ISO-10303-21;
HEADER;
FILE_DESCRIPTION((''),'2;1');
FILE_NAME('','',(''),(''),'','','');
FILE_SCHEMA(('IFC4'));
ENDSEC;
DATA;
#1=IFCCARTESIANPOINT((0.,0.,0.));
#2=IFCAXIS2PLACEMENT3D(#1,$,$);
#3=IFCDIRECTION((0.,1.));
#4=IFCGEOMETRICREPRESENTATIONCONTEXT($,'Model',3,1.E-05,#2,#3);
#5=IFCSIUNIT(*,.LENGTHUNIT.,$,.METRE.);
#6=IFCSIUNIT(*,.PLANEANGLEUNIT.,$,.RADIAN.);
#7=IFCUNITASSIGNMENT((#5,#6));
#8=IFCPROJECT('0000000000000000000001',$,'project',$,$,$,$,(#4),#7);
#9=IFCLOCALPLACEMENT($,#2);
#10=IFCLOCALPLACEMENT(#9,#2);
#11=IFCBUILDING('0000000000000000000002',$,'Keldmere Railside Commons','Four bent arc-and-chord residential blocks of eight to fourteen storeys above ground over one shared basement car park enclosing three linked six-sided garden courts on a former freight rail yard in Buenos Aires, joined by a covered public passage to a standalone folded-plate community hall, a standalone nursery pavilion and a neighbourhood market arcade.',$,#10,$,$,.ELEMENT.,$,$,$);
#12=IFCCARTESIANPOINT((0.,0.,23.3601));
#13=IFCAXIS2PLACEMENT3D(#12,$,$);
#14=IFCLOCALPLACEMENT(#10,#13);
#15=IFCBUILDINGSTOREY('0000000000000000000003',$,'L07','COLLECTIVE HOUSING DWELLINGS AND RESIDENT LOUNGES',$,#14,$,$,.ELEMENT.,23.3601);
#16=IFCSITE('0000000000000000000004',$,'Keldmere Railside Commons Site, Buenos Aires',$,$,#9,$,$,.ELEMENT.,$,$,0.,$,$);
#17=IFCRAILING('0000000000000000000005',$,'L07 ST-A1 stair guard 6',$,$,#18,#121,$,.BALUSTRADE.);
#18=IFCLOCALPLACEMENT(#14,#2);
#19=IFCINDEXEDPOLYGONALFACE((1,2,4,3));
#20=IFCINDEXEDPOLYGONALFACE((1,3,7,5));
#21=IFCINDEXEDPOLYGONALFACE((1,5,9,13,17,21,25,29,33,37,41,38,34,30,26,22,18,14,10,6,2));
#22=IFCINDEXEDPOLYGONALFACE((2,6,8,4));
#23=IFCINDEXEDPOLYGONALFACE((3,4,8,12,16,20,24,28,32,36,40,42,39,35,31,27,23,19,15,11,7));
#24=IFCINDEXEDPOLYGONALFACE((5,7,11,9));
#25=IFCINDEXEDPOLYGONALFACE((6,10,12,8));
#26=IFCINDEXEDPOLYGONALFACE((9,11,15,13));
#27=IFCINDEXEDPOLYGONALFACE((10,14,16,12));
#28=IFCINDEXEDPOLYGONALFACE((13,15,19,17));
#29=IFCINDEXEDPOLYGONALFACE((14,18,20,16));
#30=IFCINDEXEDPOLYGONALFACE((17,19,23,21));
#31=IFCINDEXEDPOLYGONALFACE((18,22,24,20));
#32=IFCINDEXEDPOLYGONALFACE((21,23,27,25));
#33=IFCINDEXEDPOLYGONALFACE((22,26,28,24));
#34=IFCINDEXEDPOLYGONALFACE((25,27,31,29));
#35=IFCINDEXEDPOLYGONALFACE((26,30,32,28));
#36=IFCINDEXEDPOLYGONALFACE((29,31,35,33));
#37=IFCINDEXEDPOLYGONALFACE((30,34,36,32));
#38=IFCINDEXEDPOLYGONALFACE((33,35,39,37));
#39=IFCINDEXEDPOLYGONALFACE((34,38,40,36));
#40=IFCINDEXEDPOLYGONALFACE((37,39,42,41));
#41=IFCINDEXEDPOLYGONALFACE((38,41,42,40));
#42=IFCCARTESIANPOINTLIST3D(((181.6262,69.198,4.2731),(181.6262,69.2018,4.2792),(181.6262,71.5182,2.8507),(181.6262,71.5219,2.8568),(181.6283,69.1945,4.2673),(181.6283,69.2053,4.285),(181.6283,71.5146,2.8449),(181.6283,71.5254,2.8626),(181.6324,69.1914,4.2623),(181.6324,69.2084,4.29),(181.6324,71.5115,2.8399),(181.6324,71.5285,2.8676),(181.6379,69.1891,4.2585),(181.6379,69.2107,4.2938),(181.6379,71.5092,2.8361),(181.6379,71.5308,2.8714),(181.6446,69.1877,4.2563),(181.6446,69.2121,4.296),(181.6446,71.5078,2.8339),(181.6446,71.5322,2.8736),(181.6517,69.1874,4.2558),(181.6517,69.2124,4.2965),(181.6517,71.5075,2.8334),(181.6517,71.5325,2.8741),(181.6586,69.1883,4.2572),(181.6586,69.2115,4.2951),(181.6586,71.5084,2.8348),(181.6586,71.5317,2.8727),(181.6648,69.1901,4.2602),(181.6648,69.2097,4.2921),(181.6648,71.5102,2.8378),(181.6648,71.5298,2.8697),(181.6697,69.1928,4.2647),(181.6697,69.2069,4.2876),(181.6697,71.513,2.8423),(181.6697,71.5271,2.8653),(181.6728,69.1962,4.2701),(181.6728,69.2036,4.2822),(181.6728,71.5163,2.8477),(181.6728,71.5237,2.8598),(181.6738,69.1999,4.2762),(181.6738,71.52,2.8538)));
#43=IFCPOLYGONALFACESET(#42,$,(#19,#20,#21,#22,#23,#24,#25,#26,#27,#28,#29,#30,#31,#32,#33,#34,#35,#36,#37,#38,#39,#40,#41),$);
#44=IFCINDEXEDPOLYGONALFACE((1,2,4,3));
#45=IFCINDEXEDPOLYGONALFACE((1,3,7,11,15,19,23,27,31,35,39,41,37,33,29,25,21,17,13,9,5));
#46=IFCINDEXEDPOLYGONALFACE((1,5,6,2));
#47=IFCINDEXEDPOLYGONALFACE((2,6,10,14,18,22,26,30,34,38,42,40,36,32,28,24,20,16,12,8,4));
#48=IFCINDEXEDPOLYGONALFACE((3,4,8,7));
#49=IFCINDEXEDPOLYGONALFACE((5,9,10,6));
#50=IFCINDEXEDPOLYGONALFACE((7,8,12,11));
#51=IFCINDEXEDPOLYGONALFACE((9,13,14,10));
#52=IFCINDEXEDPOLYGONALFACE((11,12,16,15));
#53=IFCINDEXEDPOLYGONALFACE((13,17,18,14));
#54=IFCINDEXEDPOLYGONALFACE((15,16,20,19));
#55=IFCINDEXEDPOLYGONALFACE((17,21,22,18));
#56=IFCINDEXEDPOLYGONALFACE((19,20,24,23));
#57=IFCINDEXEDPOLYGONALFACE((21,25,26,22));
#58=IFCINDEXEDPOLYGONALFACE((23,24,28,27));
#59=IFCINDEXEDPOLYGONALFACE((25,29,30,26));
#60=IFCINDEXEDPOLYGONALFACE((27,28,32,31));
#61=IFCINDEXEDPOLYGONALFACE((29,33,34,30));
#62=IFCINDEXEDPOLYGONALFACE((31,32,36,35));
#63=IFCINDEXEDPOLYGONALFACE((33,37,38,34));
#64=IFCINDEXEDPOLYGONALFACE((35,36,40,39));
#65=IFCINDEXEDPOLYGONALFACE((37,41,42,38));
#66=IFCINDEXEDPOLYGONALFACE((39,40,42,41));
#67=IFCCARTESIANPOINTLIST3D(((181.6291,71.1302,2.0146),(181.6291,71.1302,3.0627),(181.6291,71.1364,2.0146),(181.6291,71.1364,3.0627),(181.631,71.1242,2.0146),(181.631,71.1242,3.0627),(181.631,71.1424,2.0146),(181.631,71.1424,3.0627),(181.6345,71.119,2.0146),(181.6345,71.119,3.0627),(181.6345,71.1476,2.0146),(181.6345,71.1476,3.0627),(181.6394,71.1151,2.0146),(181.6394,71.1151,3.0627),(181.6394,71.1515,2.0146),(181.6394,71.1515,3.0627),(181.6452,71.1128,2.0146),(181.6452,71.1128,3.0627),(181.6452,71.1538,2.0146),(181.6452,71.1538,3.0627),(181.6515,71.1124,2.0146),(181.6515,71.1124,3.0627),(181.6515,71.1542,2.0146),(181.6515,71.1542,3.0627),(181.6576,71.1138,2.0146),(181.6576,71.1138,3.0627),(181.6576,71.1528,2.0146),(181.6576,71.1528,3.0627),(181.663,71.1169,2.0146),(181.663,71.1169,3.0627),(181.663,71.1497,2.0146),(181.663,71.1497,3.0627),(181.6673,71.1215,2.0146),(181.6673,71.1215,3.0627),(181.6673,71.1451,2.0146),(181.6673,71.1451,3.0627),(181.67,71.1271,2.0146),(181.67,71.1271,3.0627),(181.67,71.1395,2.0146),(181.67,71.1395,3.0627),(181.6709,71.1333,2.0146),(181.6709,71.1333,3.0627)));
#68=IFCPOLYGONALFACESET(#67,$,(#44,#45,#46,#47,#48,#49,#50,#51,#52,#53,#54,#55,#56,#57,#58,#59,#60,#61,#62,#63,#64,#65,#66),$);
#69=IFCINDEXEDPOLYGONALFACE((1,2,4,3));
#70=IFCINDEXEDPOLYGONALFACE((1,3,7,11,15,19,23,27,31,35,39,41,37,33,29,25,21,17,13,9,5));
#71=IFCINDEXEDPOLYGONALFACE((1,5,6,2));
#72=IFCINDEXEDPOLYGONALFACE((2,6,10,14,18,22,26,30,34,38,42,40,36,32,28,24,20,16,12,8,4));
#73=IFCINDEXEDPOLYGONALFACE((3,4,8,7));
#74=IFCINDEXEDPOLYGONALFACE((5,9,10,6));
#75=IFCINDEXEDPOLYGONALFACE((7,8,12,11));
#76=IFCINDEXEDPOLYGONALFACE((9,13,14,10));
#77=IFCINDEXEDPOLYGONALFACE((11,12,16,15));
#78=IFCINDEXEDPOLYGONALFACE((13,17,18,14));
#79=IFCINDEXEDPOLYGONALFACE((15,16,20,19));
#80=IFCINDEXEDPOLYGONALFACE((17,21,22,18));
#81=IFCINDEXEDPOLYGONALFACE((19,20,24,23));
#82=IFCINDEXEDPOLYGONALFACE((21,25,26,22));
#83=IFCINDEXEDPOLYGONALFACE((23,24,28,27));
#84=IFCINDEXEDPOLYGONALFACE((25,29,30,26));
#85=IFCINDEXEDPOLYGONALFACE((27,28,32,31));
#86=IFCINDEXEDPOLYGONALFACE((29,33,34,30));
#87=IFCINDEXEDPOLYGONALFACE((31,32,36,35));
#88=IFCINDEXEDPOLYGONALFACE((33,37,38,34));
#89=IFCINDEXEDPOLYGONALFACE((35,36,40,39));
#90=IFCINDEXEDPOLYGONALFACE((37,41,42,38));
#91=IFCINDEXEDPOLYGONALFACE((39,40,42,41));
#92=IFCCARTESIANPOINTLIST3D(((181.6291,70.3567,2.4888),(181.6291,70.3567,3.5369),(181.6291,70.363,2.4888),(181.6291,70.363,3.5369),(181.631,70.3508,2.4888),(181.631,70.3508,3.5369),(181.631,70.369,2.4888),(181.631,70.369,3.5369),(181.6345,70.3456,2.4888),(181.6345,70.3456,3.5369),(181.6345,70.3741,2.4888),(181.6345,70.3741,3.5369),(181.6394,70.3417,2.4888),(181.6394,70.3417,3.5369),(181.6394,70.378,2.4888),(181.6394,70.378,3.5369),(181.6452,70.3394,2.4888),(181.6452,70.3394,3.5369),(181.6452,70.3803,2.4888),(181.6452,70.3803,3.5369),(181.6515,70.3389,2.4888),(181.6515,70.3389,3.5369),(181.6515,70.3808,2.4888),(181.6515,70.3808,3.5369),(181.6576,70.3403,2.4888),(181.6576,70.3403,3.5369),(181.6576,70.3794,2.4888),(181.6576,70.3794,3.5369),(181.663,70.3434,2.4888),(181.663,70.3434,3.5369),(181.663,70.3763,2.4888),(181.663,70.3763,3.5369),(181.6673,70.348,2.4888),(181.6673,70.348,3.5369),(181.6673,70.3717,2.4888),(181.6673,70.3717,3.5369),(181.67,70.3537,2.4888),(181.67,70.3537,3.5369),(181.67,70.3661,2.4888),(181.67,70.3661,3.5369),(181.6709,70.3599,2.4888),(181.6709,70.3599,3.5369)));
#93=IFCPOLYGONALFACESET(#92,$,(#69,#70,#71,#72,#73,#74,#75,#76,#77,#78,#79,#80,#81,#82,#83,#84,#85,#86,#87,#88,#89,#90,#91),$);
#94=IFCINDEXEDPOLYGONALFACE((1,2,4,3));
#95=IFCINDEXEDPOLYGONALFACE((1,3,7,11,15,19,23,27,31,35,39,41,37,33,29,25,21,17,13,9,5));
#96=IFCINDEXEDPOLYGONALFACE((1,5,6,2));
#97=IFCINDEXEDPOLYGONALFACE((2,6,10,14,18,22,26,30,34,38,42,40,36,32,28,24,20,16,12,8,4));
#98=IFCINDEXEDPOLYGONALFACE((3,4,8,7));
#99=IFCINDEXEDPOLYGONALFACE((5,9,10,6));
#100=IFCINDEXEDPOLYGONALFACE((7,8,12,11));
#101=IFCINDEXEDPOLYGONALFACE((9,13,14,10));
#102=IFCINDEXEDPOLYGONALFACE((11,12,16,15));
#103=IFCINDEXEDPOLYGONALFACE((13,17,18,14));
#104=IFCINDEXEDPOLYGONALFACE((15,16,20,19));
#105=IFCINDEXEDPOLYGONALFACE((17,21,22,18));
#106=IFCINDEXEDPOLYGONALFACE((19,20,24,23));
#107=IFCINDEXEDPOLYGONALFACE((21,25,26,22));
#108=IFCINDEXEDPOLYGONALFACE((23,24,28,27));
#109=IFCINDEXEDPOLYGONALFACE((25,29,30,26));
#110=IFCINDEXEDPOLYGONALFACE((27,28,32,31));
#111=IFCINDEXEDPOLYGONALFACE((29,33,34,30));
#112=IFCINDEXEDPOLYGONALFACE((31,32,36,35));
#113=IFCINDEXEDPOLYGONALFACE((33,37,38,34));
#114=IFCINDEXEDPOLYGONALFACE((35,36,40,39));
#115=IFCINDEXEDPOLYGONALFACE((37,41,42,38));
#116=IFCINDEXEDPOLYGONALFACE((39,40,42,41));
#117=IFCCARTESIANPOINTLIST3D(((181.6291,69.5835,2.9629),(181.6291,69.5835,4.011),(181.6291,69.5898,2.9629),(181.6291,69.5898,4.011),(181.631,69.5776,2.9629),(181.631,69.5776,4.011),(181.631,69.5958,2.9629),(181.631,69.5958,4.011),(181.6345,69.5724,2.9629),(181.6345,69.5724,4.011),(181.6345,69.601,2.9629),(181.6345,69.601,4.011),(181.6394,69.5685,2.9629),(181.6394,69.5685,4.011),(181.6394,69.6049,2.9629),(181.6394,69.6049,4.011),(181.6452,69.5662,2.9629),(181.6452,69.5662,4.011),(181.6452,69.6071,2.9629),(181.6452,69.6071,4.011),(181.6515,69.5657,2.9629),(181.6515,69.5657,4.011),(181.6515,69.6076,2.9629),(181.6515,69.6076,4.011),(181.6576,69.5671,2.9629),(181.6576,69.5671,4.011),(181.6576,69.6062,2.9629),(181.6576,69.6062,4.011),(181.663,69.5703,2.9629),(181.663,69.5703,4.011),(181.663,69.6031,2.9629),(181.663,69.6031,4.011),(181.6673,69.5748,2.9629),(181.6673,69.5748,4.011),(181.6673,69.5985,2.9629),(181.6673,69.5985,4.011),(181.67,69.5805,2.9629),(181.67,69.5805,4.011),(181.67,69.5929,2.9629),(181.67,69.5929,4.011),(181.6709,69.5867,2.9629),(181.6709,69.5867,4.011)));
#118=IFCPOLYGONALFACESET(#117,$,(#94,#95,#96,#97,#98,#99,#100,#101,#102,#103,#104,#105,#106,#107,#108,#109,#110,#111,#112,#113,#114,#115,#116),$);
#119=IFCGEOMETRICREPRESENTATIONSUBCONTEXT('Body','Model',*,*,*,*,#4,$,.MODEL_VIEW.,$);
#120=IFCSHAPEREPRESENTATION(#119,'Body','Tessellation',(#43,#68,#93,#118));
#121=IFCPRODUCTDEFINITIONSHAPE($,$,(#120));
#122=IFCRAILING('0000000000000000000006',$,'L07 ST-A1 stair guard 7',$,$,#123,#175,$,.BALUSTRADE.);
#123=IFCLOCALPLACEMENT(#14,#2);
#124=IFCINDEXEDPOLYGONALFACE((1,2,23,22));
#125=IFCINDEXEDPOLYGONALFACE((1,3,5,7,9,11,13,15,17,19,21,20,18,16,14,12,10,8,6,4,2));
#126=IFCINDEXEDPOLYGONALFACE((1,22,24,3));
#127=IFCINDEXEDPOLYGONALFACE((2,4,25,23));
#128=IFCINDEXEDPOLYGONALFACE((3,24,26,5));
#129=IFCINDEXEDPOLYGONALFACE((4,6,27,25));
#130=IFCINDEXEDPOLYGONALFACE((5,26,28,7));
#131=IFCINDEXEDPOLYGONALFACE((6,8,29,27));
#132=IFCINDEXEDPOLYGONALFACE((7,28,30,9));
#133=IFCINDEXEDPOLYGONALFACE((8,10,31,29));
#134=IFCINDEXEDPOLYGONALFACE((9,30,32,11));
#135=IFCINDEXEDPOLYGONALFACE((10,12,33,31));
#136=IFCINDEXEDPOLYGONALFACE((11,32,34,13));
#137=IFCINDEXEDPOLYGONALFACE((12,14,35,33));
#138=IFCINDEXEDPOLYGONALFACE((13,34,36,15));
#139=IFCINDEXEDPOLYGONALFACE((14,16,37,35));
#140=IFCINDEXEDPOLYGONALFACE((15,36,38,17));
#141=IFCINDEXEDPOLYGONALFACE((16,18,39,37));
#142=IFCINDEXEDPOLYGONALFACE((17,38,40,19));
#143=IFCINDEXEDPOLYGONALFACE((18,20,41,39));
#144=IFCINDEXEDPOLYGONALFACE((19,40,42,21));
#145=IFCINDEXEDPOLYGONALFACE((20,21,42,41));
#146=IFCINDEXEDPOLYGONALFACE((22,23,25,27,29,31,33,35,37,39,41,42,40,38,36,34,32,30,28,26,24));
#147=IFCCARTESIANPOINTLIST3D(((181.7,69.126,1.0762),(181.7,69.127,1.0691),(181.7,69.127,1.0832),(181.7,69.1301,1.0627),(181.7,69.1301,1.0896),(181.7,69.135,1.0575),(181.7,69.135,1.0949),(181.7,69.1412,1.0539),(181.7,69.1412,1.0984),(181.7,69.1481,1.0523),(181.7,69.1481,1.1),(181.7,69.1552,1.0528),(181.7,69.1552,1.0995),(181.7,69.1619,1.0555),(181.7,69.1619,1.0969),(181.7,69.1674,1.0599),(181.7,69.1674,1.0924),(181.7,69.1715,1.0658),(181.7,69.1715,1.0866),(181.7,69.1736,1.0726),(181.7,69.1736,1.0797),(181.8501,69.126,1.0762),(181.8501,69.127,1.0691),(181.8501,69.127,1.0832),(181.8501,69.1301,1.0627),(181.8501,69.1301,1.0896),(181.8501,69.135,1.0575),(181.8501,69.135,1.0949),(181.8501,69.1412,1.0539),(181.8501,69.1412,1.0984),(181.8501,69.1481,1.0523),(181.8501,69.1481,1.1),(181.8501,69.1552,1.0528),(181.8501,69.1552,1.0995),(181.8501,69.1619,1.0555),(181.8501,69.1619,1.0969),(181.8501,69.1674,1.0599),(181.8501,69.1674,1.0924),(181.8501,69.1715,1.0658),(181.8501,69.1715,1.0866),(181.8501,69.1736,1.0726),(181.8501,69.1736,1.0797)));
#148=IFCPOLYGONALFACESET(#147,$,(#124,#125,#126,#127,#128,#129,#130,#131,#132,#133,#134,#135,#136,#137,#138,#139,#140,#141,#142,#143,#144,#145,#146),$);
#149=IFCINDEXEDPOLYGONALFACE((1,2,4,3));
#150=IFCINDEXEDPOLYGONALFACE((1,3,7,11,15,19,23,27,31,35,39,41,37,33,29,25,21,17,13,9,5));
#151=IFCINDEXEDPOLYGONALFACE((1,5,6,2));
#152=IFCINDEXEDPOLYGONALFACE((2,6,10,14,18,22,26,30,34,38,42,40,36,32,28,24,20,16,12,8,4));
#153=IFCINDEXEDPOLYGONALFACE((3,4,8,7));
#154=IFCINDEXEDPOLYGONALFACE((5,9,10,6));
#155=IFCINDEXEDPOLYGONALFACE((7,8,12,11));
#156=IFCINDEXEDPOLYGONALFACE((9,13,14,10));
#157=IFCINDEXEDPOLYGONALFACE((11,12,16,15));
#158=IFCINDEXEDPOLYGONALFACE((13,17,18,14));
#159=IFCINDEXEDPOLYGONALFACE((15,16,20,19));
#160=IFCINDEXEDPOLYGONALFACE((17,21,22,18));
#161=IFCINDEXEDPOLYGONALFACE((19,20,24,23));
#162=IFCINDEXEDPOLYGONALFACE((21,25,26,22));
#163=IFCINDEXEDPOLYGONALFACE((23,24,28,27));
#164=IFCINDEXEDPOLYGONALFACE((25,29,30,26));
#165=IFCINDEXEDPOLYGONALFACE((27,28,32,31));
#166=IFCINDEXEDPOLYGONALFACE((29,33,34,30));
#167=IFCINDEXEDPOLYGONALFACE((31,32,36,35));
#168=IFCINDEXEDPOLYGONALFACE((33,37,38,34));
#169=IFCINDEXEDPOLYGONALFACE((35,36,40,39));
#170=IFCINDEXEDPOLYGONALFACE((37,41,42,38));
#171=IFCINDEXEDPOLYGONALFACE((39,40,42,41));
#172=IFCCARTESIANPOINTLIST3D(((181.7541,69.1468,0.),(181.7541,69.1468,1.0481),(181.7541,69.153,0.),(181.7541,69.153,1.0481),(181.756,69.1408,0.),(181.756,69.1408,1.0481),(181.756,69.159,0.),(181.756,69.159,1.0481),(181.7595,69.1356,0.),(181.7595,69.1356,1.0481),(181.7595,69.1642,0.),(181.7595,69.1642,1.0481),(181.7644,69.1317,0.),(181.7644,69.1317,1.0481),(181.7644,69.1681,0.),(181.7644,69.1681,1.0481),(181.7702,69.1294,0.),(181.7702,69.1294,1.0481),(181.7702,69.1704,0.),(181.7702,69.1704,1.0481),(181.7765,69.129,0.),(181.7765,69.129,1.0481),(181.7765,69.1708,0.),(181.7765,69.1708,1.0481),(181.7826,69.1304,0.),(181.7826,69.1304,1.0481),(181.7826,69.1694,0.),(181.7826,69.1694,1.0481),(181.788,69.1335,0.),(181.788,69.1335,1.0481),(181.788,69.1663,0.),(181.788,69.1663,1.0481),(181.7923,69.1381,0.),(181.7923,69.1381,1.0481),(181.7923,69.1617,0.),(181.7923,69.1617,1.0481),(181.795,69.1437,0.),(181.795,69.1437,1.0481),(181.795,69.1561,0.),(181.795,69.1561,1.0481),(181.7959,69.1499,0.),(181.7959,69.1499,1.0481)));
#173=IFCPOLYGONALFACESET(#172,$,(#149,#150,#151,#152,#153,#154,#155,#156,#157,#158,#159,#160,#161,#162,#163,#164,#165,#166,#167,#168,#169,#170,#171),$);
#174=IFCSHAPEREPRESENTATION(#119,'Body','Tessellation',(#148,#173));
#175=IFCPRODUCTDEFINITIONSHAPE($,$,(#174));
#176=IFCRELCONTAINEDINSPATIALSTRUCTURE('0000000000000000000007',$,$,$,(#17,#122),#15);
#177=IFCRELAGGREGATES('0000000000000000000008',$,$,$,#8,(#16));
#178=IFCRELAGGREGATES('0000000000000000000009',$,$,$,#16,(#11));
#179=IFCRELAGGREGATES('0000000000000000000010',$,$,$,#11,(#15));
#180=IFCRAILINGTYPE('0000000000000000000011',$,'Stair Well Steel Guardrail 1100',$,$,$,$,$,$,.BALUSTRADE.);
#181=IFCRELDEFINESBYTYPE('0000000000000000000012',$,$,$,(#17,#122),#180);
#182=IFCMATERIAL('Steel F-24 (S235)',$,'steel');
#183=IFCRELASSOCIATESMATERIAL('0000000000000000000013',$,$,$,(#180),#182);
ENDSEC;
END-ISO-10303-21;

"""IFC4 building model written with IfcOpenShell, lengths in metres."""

from ifc_helpers import new_model, si_unit, direction, frame, origin, origin_2d, place, context, subcontext, project, spatial, circle, extrude, material, type_object, element, save


model = new_model("IFC4")

# Units and contexts
model_context = context("Model", 3, precision=1e-05, world=origin(), true_north=direction((0.0, 1.0)))
body_context = subcontext(model_context, "Body", "Model", "MODEL_VIEW")
ifc_project = project(units=[si_unit("LENGTHUNIT", "METRE"), si_unit("PLANEANGLEUNIT", "RADIAN")], contexts=[model_context])

# Site, building, storey
site_placement = place(None, origin())
site = spatial("IfcSite", under=ifc_project, at=site_placement, Name="Keldmere Railside Commons Site, Buenos Aires", CompositionType="ELEMENT", RefElevation=0.0)
building_placement = place(site_placement, origin())
building = spatial("IfcBuilding", under=site, at=building_placement, Name="Keldmere Railside Commons", Description="Four bent arc-and-chord residential blocks of eight to fourteen storeys above ground over one shared basement car park enclosing three linked six-sided garden courts on a former freight rail yard in Buenos Aires, joined by a covered public passage to a standalone folded-plate community hall, a standalone nursery pavilion and a neighbourhood market arcade.", CompositionType="ELEMENT")
storey_placement = place(building_placement, frame((0.0, 0.0, 23.3601)))
storey = spatial("IfcBuildingStorey", under=building, at=storey_placement, Name="L07", Description="COLLECTIVE HOUSING DWELLINGS AND RESIDENT LOUNGES", CompositionType="ELEMENT", Elevation=23.3601)

# Shared definitions
ifc_material_1 = material(Name="Steel F-24 (S235)", Category="steel")

# Railings
railing_type_1 = type_object("IfcRailingType", Name="Stair Well Steel Guardrail 1100", PredefinedType="BALUSTRADE", material=ifc_material_1)
railing_1_placement = place(storey_placement, frame((181.6499, 71.52, 1.7776)))
element("IfcRailing", 1, at=railing_1_placement, inside=storey, type_object=railing_type_1, Name="L07 ST-A1 stair guard 6", PredefinedType="BALUSTRADE", context=body_context, shape_type="SweptSolid", body=[
    extrude(circle(Radius=0.0239, at=origin_2d()), frame((0.0, 0.0, 1.0762), z_axis=(0.0, -0.852538, 0.522665), x_axis=(1.0, 0.0, 0.0)), (0.0, 0.0, 1.0), 2.7214),
    extrude(circle(Radius=0.021, at=origin_2d()), frame((0.0, -0.3867, 0.2371)), (0.0, 0.0, 1.0), 1.0481),
    extrude(circle(Radius=0.021, at=origin_2d()), frame((0.0, -1.1602, 0.7112)), (0.0, 0.0, 1.0), 1.0481),
    extrude(circle(Radius=0.021, at=origin_2d()), frame((0.0, -1.9333, 1.1853)), (0.0, 0.0, 1.0), 1.0481),
])
railing_2_placement = place(storey_placement, frame((181.8501, 69.1499, 0.0)))
element("IfcRailing", 2, at=railing_2_placement, inside=storey, type_object=railing_type_1, Name="L07 ST-A1 stair guard 7", PredefinedType="BALUSTRADE", context=body_context, shape_type="SweptSolid", body=[
    extrude(circle(Radius=0.0239, at=origin_2d()), frame((0.0, 0.0, 1.0762), z_axis=(-1.0, 0.0, 0.0), x_axis=(0.0, -1.0, 0.0)), (0.0, 0.0, 1.0), 0.1501),
    extrude(circle(Radius=0.021, at=origin_2d()), frame((-0.0752, 0.0, 0.0)), (0.0, 0.0, 1.0), 1.0481),
])

save(model, "model.ifc")
